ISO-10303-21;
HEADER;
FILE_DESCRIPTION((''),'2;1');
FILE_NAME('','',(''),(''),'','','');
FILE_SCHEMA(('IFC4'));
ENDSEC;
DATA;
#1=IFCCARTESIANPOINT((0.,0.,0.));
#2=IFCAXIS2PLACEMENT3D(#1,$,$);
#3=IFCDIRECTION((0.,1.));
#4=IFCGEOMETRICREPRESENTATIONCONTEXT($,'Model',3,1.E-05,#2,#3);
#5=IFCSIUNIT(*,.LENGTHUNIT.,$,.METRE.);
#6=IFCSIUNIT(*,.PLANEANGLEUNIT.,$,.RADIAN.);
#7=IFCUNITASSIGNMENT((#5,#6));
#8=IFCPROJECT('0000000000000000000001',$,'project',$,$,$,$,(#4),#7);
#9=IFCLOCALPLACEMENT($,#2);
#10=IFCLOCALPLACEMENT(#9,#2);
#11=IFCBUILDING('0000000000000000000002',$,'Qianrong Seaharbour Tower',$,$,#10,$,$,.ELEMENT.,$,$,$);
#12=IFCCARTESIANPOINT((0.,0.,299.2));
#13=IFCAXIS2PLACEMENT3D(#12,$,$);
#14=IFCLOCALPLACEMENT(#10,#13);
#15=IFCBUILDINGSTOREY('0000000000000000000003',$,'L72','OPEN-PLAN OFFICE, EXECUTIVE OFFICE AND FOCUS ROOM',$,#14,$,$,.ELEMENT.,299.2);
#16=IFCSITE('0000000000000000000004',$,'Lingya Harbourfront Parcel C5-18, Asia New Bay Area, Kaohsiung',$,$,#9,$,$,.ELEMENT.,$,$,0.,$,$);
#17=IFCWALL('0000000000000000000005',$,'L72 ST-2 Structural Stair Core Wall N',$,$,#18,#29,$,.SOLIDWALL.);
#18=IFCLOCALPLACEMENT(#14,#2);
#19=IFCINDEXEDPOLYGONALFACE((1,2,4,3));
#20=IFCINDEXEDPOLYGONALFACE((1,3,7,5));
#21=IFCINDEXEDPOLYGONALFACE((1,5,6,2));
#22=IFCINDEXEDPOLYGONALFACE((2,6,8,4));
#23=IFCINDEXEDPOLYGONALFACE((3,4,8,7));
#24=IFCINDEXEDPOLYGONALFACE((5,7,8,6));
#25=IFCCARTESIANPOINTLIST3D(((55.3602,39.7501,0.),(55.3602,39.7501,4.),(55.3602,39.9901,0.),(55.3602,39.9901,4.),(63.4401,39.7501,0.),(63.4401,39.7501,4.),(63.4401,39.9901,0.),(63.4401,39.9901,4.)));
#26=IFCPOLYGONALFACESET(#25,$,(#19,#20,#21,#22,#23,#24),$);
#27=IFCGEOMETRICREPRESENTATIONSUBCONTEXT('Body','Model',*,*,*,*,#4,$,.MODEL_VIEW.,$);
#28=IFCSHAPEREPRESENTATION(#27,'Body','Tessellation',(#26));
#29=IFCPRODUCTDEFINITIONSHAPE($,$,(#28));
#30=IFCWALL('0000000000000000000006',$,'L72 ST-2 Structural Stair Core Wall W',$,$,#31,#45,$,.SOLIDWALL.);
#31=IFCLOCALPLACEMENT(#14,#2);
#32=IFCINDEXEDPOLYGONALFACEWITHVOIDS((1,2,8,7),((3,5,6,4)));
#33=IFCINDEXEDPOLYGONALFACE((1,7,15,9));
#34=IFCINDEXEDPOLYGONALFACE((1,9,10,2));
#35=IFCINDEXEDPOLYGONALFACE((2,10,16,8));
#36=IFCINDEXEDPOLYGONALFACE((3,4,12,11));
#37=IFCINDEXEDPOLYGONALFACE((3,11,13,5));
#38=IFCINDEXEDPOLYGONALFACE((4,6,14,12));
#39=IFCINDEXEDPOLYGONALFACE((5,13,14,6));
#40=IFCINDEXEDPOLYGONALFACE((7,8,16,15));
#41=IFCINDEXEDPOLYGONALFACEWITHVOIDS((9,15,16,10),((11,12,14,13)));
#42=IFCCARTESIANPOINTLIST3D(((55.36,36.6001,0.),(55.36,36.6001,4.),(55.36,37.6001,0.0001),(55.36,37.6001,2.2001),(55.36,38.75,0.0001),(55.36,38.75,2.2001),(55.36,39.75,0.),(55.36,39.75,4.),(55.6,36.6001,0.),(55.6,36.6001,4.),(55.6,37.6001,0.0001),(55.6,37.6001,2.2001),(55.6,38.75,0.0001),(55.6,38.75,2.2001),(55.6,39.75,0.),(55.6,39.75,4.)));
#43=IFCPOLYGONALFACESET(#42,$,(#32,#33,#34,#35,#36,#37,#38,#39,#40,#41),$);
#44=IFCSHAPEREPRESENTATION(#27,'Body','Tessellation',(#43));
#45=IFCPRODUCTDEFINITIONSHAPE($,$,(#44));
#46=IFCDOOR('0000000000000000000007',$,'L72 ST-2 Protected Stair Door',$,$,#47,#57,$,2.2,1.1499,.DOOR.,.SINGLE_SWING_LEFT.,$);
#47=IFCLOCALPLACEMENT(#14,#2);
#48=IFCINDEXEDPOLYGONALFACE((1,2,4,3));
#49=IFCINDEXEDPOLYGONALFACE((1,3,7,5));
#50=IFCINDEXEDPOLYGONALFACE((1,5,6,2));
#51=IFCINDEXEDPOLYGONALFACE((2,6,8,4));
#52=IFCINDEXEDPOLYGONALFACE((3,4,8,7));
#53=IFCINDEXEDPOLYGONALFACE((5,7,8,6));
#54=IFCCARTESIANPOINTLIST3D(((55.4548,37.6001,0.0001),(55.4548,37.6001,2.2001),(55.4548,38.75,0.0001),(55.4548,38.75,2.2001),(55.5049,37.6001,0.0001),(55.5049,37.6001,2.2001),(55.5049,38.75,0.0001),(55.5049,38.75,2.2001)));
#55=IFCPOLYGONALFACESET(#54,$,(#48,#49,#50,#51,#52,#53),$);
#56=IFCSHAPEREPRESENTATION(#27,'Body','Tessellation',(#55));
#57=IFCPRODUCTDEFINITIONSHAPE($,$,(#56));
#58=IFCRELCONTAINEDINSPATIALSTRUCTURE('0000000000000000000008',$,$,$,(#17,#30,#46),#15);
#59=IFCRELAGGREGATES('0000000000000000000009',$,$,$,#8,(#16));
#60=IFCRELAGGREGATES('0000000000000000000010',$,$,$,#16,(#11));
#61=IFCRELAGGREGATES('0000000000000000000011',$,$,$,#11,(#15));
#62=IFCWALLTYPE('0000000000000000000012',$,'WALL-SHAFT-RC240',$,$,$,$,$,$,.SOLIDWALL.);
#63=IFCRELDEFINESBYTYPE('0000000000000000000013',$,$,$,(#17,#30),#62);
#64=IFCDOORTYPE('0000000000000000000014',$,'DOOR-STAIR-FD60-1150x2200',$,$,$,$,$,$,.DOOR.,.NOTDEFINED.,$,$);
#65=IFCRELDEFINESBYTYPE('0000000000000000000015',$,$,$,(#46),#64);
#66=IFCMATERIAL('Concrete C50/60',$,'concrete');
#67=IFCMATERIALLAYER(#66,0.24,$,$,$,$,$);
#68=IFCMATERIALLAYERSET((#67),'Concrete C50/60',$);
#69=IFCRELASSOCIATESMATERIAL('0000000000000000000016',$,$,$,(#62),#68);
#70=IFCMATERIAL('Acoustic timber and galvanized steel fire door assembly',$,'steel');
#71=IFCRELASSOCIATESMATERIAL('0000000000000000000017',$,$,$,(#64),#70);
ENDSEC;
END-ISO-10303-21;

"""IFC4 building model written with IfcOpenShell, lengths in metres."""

from ifc_helpers import new_model, si_unit, direction, frame, frame_2d, origin, place, context, subcontext, project, spatial, rectangle, extrude, material, layer, layer_set, type_object, element, fill, save


model = new_model("IFC4")

# Units and contexts
model_context = context("Model", 3, precision=1e-05, world=origin(), true_north=direction((0.0, 1.0)))
body_context = subcontext(model_context, "Body", "Model", "MODEL_VIEW")
ifc_project = project(units=[si_unit("LENGTHUNIT", "METRE"), si_unit("PLANEANGLEUNIT", "RADIAN")], contexts=[model_context])

# Site, building, storey
site_placement = place(None, origin())
site = spatial("IfcSite", under=ifc_project, at=site_placement, Name="Lingya Harbourfront Parcel C5-18, Asia New Bay Area, Kaohsiung", CompositionType="ELEMENT", RefElevation=0.0)
building_placement = place(site_placement, origin())
building = spatial("IfcBuilding", under=site, at=building_placement, Name="Qianrong Seaharbour Tower", CompositionType="ELEMENT")
storey_placement = place(building_placement, frame((0.0, 0.0, 299.2)))
storey = spatial("IfcBuildingStorey", under=building, at=storey_placement, Name="L72", Description="OPEN-PLAN OFFICE, EXECUTIVE OFFICE AND FOCUS ROOM", CompositionType="ELEMENT", Elevation=299.2)

# Shared definitions
ifc_material_1 = material(Name="Concrete C50/60", Category="concrete")

# Shared definitions
ifc_material_2 = material(Name="Acoustic timber and galvanized steel fire door assembly", Category="steel")

# Wall
ifc_layer_1 = layer(ifc_material_1, 0.24)
ifc_layer_set_1 = layer_set([ifc_layer_1], Name="Concrete C50/60")
wall_type_1 = type_object("IfcWallType", Name="WALL-SHAFT-RC240", PredefinedType="SOLIDWALL", material=ifc_layer_set_1)
wall_1_placement = place(storey_placement, frame((55.3601, 39.8701, 0.0), z_axis=(0.0, 0.0, 1.0), x_axis=(1.0, 0.0, 0.0)))
element("IfcWall", 1, at=wall_1_placement, inside=storey, type_object=wall_type_1, Name="L72 ST-2 Structural Stair Core Wall N", PredefinedType="SOLIDWALL", context=body_context, shape_type="SweptSolid", body=[
    extrude(rectangle(XDim=8.0798, YDim=0.24, at=frame_2d((4.04, 0.0))), origin(), (0.0, 0.0, 1.0), 4.0),
])

# Wall, opening, door
wall_2_placement = place(storey_placement, frame((55.48, 39.75, 0.0), z_axis=(0.0, 0.0, 1.0), x_axis=(0.0, -1.0, 0.0)))
wall_2 = element("IfcWall", 2, at=wall_2_placement, inside=storey, type_object=wall_type_1, Name="L72 ST-2 Structural Stair Core Wall W", PredefinedType="SOLIDWALL", context=body_context, shape_type="SweptSolid", body=[
    extrude(rectangle(XDim=3.1499, YDim=0.24, at=frame_2d((1.575, 0.0))), origin(), (0.0, 0.0, 1.0), 4.0),
])
opening_1_placement = place(wall_2_placement, frame((1.0, 0.0, 0.0)))
opening_1 = element("IfcOpeningElement", 3, at=opening_1_placement, cuts=wall_2, PredefinedType="OPENING", context=body_context, shape_type="SweptSolid", body=[
    extrude(rectangle(XDim=1.1499, YDim=2.2, at=frame_2d((0.575, 1.1001))), frame((0.0, 0.1299, 0.0), z_axis=(0.0, -1.0, 0.0), x_axis=(1.0, 0.0, 0.0)), (0.0, 0.0, 1.0), 0.26),
])
door_type_1 = type_object("IfcDoorType", Name="DOOR-STAIR-FD60-1150x2200", OperationType="NOTDEFINED", PredefinedType="DOOR", material=ifc_material_2)
door_1_placement = place(opening_1_placement, origin())
door_1 = element("IfcDoor", 4, at=door_1_placement, inside=storey, type_object=door_type_1, Name="L72 ST-2 Protected Stair Door", OperationType="SINGLE_SWING_LEFT", OverallHeight=2.2, OverallWidth=1.1499, PredefinedType="DOOR", context=body_context, shape_type="SweptSolid", body=[
    extrude(rectangle(XDim=1.1499, YDim=2.2, at=frame_2d((0.575, 1.1001))), frame((0.0, 0.0249, 0.0), z_axis=(0.0, -1.0, 0.0), x_axis=(1.0, 0.0, 0.0)), (0.0, 0.0, 1.0), 0.05),
])
fill(opening_1, door_1)

save(model, "model.ifc")
